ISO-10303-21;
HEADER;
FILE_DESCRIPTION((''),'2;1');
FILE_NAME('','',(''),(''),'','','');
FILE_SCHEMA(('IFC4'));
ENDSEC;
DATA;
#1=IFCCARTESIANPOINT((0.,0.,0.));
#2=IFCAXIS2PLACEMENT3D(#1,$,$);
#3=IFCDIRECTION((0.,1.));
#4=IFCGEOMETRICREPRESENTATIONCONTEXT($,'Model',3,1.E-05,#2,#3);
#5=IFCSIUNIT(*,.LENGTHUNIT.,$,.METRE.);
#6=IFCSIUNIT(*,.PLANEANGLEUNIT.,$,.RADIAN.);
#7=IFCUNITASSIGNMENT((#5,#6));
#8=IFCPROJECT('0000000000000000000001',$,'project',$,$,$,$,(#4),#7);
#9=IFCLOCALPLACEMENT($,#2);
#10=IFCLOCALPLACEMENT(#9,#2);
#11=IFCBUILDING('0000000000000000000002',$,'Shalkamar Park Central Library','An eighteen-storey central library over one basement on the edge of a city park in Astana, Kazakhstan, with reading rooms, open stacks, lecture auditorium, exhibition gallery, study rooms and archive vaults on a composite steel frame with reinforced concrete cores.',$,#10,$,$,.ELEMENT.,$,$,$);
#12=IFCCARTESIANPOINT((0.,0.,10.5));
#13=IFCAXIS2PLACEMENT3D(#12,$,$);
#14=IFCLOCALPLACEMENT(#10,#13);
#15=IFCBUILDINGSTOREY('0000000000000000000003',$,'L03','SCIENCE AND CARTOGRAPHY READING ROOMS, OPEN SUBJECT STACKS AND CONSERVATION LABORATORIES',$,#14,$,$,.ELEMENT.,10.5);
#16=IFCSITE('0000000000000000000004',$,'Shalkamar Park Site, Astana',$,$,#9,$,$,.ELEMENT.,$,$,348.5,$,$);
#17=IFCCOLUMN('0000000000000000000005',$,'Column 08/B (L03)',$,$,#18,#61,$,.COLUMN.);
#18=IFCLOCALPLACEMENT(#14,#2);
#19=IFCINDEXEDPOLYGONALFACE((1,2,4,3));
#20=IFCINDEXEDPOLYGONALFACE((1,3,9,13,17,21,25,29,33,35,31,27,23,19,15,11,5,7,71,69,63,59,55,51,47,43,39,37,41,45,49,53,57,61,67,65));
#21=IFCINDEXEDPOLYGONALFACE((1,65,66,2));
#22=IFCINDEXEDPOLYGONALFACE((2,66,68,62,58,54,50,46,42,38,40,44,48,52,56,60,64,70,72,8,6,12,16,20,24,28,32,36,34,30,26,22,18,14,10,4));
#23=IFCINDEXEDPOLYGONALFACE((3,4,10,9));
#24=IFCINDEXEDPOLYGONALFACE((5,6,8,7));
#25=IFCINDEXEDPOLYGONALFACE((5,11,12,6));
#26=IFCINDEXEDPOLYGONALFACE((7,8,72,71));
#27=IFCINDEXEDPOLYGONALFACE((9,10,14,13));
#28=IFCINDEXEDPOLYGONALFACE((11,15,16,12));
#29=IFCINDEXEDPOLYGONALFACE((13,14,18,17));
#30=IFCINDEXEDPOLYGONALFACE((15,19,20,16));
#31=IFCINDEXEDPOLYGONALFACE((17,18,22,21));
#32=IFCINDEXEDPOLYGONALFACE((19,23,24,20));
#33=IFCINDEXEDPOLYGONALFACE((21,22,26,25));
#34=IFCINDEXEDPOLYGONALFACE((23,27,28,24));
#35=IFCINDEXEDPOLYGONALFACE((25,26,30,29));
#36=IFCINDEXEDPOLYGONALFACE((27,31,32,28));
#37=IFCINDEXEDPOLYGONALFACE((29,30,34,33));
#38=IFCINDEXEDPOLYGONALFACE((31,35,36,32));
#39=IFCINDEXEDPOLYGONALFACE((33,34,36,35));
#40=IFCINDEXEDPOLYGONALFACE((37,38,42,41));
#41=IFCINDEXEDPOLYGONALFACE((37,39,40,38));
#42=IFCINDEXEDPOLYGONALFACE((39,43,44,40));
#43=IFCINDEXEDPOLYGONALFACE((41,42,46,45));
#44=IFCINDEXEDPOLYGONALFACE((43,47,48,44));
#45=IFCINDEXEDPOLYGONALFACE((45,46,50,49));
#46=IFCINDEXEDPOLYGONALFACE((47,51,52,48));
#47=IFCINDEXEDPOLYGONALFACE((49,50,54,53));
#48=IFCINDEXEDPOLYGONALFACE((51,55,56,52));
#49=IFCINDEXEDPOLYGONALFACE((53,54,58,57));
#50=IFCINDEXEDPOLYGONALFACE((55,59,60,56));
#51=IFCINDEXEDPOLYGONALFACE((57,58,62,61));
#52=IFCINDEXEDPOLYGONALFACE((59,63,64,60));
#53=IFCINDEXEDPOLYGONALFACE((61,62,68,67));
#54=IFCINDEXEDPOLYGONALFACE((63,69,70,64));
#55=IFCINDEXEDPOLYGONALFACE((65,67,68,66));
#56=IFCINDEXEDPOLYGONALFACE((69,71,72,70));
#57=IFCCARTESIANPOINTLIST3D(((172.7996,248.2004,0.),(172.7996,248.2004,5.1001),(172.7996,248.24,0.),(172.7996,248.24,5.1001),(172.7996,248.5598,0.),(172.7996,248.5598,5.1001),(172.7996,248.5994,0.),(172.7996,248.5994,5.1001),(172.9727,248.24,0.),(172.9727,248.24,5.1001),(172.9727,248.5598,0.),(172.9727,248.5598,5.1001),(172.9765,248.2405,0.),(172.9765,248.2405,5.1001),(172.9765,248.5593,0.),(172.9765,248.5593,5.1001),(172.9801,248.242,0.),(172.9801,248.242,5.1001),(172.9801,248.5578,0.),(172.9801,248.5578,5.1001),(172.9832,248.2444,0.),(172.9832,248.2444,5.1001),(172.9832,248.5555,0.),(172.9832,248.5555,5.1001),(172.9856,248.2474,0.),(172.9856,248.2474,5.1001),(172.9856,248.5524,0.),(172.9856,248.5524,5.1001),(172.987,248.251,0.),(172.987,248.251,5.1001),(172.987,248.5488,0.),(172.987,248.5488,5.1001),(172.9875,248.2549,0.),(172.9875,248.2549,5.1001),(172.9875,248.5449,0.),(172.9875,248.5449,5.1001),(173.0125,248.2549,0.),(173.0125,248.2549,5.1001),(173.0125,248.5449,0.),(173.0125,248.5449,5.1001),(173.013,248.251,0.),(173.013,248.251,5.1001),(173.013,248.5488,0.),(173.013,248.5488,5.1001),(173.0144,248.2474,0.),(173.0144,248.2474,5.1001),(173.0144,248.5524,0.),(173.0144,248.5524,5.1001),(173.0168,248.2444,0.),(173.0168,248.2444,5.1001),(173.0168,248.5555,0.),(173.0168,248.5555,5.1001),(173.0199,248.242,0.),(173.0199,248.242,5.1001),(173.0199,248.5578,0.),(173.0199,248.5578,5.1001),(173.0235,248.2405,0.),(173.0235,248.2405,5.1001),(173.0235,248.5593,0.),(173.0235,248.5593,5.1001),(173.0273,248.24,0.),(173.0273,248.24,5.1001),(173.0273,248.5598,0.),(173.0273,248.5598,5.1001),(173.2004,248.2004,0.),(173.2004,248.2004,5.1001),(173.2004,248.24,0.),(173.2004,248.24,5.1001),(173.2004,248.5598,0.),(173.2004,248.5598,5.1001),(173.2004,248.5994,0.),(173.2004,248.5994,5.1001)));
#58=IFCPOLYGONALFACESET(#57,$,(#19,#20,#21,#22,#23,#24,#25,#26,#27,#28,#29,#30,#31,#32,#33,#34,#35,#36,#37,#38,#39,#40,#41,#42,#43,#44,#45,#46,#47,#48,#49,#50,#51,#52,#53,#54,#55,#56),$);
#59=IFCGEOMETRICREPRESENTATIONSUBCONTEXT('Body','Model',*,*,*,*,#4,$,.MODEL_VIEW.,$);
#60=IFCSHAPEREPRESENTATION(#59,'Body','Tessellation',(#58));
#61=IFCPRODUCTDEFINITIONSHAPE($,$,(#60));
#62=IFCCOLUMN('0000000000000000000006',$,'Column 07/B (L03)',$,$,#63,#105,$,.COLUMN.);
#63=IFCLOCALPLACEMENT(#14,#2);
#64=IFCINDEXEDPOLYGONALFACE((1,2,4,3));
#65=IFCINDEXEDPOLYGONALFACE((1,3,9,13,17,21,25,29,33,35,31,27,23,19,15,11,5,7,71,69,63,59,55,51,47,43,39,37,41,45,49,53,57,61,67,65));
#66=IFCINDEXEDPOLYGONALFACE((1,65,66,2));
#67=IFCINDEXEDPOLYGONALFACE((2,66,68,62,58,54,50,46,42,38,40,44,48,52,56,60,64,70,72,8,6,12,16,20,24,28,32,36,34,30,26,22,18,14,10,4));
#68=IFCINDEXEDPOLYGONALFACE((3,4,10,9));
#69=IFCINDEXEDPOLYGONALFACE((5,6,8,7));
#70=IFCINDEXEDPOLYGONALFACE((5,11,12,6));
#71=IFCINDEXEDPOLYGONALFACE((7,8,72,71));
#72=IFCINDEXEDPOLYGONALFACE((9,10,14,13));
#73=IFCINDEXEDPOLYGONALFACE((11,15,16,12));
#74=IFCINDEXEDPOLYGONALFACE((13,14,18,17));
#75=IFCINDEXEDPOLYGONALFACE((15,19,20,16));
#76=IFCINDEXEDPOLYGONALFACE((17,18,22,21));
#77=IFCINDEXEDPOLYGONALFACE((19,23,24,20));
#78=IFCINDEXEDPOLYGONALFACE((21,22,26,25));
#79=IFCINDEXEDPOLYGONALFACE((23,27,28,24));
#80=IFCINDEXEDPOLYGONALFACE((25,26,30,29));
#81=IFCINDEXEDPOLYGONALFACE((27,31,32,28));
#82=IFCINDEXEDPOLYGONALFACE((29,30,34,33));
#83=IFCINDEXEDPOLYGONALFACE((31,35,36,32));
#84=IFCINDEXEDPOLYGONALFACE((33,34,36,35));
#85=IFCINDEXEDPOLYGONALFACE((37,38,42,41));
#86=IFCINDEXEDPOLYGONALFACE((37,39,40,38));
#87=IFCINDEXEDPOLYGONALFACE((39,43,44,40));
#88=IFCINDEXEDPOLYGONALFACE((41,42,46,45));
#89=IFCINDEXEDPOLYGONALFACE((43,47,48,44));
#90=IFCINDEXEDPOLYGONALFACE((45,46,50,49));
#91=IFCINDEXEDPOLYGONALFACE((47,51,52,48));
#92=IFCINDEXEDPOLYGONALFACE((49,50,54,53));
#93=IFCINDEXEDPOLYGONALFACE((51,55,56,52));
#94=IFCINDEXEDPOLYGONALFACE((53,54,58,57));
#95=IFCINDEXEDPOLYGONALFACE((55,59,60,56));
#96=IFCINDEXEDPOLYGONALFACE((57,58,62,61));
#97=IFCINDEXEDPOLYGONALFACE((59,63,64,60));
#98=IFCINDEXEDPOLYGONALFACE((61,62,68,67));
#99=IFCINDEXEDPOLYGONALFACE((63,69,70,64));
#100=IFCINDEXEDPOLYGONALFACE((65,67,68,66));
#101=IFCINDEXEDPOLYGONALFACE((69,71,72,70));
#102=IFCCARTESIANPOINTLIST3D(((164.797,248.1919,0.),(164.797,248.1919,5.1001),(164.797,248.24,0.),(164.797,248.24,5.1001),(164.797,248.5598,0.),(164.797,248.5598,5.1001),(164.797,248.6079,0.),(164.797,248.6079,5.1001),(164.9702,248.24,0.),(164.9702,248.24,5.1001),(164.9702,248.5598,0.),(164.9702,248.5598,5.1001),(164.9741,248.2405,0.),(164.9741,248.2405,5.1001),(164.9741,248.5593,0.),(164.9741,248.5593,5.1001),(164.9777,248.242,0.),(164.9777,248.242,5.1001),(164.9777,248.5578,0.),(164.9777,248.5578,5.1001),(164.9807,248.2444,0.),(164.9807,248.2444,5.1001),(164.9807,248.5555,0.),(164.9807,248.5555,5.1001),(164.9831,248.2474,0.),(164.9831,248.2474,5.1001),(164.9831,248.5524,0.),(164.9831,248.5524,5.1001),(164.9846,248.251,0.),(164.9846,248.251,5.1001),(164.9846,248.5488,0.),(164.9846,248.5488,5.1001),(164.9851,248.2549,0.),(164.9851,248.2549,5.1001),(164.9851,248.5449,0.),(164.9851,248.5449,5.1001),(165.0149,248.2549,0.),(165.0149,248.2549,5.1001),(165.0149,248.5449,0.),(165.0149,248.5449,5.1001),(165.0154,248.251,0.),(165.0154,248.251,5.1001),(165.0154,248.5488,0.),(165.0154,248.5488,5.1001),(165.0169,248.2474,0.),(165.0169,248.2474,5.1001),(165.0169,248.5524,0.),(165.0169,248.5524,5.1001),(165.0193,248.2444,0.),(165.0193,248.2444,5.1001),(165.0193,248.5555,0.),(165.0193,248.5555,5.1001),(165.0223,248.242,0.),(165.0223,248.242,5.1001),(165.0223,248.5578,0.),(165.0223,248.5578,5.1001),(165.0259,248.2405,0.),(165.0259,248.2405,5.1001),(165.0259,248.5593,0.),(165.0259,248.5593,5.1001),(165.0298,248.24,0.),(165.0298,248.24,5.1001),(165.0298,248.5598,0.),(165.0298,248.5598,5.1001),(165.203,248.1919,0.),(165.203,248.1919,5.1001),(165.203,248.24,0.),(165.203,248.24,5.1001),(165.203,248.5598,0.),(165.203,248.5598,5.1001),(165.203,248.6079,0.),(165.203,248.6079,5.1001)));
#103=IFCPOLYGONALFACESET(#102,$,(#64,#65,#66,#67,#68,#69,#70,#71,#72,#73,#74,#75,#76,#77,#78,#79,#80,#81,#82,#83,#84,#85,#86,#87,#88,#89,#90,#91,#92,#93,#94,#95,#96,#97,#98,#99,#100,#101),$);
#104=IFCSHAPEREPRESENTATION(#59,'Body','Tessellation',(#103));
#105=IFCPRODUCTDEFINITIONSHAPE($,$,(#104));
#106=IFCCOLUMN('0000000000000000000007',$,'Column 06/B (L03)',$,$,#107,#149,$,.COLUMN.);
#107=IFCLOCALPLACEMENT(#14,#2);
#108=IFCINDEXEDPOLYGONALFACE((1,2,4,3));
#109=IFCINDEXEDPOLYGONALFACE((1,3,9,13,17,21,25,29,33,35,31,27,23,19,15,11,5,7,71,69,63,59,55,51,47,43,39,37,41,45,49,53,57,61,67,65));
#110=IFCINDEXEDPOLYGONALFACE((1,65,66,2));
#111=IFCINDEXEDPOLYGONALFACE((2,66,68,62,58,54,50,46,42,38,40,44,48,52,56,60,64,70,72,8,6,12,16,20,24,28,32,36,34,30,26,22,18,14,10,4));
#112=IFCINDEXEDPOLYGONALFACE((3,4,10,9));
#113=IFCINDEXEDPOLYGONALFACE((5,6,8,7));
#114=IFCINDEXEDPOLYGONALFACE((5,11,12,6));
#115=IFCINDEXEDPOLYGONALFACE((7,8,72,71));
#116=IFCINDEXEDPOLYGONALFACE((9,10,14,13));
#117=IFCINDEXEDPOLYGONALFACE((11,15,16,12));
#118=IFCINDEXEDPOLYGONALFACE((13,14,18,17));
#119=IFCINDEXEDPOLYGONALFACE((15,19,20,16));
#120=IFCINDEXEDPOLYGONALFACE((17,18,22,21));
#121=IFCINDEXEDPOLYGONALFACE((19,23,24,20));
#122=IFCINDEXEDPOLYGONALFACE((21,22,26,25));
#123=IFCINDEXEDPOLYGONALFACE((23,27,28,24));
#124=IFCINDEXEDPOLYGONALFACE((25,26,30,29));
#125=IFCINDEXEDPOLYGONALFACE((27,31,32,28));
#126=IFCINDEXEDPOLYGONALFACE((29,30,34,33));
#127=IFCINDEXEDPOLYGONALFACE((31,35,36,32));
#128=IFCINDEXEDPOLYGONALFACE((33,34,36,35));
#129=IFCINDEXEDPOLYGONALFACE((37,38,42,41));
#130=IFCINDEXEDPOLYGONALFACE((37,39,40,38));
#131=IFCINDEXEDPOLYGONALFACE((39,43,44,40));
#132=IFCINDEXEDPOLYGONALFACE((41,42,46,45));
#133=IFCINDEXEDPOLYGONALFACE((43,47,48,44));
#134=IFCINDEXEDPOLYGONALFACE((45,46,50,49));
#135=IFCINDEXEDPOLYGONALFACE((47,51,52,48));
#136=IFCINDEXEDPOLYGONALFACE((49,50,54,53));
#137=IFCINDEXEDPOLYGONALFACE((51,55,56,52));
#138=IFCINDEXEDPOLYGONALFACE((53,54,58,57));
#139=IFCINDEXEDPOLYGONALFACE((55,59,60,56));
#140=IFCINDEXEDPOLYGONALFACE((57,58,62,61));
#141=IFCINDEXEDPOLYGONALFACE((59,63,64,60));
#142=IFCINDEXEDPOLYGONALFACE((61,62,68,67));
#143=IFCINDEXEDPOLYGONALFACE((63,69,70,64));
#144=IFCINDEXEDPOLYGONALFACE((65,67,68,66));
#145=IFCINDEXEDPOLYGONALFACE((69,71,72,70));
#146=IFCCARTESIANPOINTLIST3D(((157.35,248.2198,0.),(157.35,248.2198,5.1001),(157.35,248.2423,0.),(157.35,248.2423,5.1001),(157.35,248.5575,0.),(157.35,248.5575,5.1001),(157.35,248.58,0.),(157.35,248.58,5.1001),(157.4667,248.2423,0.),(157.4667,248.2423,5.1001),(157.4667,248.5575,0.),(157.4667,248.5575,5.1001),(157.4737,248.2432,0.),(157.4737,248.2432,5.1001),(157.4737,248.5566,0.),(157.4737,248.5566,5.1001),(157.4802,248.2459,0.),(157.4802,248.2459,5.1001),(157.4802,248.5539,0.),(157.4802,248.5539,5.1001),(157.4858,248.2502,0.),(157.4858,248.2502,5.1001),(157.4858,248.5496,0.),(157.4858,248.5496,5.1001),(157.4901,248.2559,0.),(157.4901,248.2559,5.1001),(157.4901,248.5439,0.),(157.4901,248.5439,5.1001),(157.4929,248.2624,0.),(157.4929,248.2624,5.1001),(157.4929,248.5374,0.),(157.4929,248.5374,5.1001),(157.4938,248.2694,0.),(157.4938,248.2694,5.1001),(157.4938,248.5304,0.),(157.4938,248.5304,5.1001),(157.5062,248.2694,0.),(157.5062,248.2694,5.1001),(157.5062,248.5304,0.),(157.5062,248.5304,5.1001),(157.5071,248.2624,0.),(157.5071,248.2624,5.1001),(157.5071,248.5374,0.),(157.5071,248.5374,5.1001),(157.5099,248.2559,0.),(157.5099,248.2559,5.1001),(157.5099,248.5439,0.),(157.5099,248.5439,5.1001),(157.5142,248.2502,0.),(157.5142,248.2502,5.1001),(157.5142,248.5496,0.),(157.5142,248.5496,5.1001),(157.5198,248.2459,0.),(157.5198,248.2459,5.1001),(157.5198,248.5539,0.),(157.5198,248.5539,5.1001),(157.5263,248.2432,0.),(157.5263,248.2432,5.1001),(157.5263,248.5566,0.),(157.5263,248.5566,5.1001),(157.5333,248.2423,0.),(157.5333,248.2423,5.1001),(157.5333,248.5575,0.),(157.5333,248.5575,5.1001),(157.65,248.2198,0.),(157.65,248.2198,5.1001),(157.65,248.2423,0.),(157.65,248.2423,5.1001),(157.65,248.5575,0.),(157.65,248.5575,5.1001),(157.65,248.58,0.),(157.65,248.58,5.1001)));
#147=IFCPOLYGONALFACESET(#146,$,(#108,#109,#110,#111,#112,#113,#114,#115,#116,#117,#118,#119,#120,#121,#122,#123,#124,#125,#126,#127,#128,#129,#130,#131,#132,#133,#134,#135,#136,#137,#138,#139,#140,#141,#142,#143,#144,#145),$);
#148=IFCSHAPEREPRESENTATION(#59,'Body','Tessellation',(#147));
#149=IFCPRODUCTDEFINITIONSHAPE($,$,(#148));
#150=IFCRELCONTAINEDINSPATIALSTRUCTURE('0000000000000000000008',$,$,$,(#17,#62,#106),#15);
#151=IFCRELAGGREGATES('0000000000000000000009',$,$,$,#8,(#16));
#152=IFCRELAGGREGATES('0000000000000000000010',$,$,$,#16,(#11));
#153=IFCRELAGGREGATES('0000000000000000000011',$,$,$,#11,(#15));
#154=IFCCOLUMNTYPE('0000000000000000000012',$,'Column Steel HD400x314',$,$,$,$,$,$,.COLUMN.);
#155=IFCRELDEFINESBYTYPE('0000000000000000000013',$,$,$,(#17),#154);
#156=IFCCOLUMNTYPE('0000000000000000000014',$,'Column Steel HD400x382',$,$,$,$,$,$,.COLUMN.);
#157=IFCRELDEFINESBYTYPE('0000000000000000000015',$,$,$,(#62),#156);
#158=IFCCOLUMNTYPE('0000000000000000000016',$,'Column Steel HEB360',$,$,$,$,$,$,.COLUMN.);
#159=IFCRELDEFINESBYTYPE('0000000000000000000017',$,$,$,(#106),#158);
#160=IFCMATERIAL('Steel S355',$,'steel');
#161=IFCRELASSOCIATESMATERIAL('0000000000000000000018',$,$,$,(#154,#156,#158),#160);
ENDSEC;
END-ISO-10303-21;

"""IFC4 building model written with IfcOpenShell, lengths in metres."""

from ifc_helpers import new_model, si_unit, direction, frame, origin, origin_2d, place, context, subcontext, project, spatial, i_section, extrude, material, material_profile, profile_set, type_object, element, save


model = new_model("IFC4")

# Units and contexts
model_context = context("Model", 3, precision=1e-05, world=origin(), true_north=direction((0.0, 1.0)))
body_context = subcontext(model_context, "Body", "Model", "MODEL_VIEW")
ifc_project = project(units=[si_unit("LENGTHUNIT", "METRE"), si_unit("PLANEANGLEUNIT", "RADIAN")], contexts=[model_context])

# Site, building, storey
site_placement = place(None, origin())
site = spatial("IfcSite", under=ifc_project, at=site_placement, Name="Shalkamar Park Site, Astana", CompositionType="ELEMENT", RefElevation=348.5)
building_placement = place(site_placement, origin())
building = spatial("IfcBuilding", under=site, at=building_placement, Name="Shalkamar Park Central Library", Description="An eighteen-storey central library over one basement on the edge of a city park in Astana, Kazakhstan, with reading rooms, open stacks, lecture auditorium, exhibition gallery, study rooms and archive vaults on a composite steel frame with reinforced concrete cores.", CompositionType="ELEMENT")
storey_placement = place(building_placement, frame((0.0, 0.0, 10.5)))
storey = spatial("IfcBuildingStorey", under=building, at=storey_placement, Name="L03", Description="SCIENCE AND CARTOGRAPHY READING ROOMS, OPEN SUBJECT STACKS AND CONSERVATION LABORATORIES", CompositionType="ELEMENT", Elevation=10.5)

# Columns
ifc_material_1 = material(Name="Steel S355", Category="steel")
ifc_material_profile_1 = material_profile(ifc_material_1, i_section(OverallWidth=0.4009, OverallDepth=0.3989, WebThickness=0.0249, FlangeThickness=0.0396, FilletRadius=0.0149, at=origin_2d()), Name="HD 400x314")
ifc_profile_set_1 = profile_set([ifc_material_profile_1], Name="Steel S355")
column_type_1 = type_object("IfcColumnType", Name="Column Steel HD400x314", PredefinedType="COLUMN", material=ifc_profile_set_1)
column_1_placement = place(storey_placement, frame((173.0, 248.3999, 0.0), z_axis=(0.0, 0.0, 1.0), x_axis=(1.0, 0.0, 0.0)))
element("IfcColumn", 1, at=column_1_placement, inside=storey, type_object=column_type_1, Name="Column 08/B (L03)", PredefinedType="COLUMN", context=body_context, shape_type="SweptSolid", body=[
    extrude(i_section(OverallWidth=0.4009, OverallDepth=0.3989, WebThickness=0.0249, FlangeThickness=0.0396, FilletRadius=0.0149, at=origin_2d()), origin(), (0.0, 0.0, 1.0), 5.1001),
])
ifc_material_profile_2 = material_profile(ifc_material_1, i_section(OverallWidth=0.406, OverallDepth=0.416, WebThickness=0.0298, FlangeThickness=0.0481, FilletRadius=0.0149, at=origin_2d()), Name="HD 400x382")
ifc_profile_set_2 = profile_set([ifc_material_profile_2], Name="Steel S355")
column_type_2 = type_object("IfcColumnType", Name="Column Steel HD400x382", PredefinedType="COLUMN", material=ifc_profile_set_2)
column_2_placement = place(storey_placement, frame((165.0, 248.3999, 0.0), z_axis=(0.0, 0.0, 1.0), x_axis=(1.0, 0.0, 0.0)))
element("IfcColumn", 2, at=column_2_placement, inside=storey, type_object=column_type_2, Name="Column 07/B (L03)", PredefinedType="COLUMN", context=body_context, shape_type="SweptSolid", body=[
    extrude(i_section(OverallWidth=0.406, OverallDepth=0.416, WebThickness=0.0298, FlangeThickness=0.0481, FilletRadius=0.0149, at=origin_2d()), origin(), (0.0, 0.0, 1.0), 5.1001),
])
ifc_material_profile_3 = material_profile(ifc_material_1, i_section(OverallWidth=0.3, OverallDepth=0.3601, WebThickness=0.0125, FlangeThickness=0.0225, FilletRadius=0.0271, at=origin_2d()), Name="HEB 360")
ifc_profile_set_3 = profile_set([ifc_material_profile_3], Name="Steel S355")
column_type_3 = type_object("IfcColumnType", Name="Column Steel HEB360", PredefinedType="COLUMN", material=ifc_profile_set_3)
column_3_placement = place(storey_placement, frame((157.5, 248.3999, 0.0), z_axis=(0.0, 0.0, 1.0), x_axis=(1.0, 0.0, 0.0)))
element("IfcColumn", 3, at=column_3_placement, inside=storey, type_object=column_type_3, Name="Column 06/B (L03)", PredefinedType="COLUMN", context=body_context, shape_type="SweptSolid", body=[
    extrude(i_section(OverallWidth=0.3, OverallDepth=0.3601, WebThickness=0.0125, FlangeThickness=0.0225, FilletRadius=0.0271, at=origin_2d()), origin(), (0.0, 0.0, 1.0), 5.1001),
])

save(model, "model.ifc")
